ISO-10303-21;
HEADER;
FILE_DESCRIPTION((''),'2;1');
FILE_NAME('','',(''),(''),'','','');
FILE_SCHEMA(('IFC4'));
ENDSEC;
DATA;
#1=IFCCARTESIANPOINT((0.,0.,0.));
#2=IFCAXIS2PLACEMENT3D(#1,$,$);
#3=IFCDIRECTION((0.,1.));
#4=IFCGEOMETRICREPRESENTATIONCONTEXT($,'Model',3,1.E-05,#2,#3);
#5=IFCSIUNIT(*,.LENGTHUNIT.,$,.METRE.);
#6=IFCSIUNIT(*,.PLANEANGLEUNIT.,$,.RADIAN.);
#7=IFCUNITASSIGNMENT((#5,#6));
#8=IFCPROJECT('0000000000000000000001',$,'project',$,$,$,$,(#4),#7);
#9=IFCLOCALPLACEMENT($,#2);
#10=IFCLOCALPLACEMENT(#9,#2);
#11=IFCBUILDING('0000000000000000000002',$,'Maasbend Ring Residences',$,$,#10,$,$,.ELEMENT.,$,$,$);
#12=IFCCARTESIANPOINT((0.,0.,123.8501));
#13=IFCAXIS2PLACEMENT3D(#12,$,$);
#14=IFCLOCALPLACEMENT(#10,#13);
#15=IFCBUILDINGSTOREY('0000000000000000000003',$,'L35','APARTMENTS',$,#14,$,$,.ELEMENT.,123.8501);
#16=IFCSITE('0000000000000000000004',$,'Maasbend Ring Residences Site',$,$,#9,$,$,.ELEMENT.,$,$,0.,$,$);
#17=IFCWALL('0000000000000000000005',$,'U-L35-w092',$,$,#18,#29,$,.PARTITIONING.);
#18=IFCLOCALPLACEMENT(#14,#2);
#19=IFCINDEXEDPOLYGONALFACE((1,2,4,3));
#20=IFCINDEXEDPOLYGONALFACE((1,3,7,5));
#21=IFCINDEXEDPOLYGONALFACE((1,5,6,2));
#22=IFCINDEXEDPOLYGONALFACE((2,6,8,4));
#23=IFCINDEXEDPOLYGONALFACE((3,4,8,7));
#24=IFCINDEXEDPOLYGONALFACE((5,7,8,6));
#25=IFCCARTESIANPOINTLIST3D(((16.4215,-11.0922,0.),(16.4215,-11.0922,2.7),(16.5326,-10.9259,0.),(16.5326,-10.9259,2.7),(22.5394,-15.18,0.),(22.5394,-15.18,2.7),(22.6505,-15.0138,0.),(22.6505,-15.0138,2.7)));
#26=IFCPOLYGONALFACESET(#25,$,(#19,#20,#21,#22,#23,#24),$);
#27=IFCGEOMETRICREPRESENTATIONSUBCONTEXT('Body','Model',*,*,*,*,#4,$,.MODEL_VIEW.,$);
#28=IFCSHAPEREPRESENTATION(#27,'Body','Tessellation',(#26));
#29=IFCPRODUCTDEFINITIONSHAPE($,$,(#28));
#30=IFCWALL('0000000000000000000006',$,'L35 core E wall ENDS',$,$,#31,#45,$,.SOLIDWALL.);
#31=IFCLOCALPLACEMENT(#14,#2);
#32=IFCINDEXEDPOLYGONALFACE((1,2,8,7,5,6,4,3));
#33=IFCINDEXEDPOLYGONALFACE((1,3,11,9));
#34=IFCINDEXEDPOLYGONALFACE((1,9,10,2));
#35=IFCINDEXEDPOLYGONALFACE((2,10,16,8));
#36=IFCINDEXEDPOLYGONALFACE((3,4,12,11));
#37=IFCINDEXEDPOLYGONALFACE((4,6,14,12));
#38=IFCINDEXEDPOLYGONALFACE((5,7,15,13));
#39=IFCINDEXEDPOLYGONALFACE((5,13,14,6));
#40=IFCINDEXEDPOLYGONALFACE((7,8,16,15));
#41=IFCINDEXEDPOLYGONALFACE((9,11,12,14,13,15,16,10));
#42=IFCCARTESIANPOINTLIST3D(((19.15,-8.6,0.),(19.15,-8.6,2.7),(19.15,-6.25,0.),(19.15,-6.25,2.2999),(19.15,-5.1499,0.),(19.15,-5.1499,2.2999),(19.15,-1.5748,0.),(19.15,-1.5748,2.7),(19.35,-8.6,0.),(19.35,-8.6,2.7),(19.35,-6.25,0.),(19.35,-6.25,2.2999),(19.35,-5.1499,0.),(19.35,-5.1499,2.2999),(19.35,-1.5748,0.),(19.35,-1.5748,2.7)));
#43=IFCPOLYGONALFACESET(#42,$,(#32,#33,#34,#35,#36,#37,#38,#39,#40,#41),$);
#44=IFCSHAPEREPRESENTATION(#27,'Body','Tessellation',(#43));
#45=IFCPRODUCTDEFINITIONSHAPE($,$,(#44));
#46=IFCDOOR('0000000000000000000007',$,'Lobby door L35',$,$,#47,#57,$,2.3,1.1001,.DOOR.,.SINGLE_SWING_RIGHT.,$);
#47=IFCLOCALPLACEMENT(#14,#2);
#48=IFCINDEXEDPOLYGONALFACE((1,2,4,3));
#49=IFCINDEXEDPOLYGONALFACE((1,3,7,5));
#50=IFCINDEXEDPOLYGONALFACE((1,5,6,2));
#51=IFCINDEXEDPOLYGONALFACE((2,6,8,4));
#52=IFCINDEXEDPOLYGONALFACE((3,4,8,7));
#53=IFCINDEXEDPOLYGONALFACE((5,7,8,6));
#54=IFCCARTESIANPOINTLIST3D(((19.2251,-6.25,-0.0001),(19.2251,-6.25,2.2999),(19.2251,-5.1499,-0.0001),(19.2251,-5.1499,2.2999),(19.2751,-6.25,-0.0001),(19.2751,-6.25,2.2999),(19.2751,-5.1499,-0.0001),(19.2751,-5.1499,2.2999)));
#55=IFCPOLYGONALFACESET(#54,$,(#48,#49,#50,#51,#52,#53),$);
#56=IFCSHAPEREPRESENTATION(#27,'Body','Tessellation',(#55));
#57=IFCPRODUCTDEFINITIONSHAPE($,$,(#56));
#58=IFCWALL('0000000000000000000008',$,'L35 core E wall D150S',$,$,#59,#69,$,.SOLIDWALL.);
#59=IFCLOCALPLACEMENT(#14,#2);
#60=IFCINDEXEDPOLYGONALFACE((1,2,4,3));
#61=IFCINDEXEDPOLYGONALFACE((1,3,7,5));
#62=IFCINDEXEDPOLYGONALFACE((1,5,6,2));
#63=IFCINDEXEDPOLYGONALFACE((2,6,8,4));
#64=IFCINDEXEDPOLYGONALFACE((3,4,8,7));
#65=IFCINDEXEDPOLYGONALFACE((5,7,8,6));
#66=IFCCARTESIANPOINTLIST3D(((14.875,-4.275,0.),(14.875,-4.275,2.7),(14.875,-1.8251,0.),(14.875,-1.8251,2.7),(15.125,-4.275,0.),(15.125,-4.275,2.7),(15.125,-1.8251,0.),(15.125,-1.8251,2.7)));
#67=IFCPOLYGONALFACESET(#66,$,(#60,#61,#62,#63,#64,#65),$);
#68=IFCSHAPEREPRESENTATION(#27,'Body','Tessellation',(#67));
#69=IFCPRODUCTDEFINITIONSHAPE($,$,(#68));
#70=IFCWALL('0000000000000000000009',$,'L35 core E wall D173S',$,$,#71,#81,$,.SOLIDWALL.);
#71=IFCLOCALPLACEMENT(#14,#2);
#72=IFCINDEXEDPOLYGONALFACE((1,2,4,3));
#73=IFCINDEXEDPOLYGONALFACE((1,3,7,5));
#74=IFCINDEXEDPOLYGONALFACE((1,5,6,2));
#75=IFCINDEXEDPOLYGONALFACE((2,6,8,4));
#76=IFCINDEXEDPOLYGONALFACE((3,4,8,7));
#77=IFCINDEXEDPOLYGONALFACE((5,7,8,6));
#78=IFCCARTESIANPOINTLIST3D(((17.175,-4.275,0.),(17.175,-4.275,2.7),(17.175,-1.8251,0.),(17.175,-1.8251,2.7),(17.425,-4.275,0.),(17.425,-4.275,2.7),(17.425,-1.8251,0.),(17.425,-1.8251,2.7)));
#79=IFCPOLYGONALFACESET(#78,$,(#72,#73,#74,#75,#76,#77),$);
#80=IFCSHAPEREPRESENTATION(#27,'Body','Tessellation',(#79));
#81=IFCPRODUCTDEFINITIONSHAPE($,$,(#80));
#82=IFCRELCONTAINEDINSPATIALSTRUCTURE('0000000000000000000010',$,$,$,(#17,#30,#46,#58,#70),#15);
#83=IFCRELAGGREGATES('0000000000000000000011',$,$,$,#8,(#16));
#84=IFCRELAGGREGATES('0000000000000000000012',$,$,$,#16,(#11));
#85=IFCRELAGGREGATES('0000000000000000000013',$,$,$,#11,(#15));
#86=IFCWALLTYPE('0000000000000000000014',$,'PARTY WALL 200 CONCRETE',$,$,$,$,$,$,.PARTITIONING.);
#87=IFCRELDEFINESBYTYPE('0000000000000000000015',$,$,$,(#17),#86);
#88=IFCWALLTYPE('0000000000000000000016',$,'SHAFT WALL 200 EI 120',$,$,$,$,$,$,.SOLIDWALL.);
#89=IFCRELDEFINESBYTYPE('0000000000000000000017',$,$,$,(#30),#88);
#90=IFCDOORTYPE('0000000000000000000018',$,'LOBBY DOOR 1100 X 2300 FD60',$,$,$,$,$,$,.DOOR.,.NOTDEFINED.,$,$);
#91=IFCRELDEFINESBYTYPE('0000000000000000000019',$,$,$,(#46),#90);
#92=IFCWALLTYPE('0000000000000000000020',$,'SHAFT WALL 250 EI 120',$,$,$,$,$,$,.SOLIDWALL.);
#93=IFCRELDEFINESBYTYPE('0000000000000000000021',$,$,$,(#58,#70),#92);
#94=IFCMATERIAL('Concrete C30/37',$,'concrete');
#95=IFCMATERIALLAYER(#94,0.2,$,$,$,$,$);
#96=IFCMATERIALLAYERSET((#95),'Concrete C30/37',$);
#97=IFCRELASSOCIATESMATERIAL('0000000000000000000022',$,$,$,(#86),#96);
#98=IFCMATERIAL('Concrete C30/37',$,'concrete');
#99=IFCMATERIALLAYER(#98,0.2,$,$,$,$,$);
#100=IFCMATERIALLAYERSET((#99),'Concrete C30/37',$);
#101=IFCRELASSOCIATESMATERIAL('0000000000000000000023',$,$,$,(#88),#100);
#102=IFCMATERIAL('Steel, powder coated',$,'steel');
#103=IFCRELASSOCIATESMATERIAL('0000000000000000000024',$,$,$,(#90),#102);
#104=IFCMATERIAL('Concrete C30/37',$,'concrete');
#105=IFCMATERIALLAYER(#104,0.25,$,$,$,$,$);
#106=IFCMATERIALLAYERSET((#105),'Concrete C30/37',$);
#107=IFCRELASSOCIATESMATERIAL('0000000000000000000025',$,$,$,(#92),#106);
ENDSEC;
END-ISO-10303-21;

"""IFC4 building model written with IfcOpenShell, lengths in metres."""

from ifc_helpers import new_model, si_unit, direction, frame, frame_2d, origin, place, context, subcontext, project, spatial, rectangle, extrude, material, layer, layer_set, type_object, element, fill, save


model = new_model("IFC4")

# Units and contexts
model_context = context("Model", 3, precision=1e-05, world=origin(), true_north=direction((0.0, 1.0)))
body_context = subcontext(model_context, "Body", "Model", "MODEL_VIEW")
ifc_project = project(units=[si_unit("LENGTHUNIT", "METRE"), si_unit("PLANEANGLEUNIT", "RADIAN")], contexts=[model_context])

# Site, building, storey
site_placement = place(None, origin())
site = spatial("IfcSite", under=ifc_project, at=site_placement, Name="Maasbend Ring Residences Site", CompositionType="ELEMENT", RefElevation=0.0)
building_placement = place(site_placement, origin())
building = spatial("IfcBuilding", under=site, at=building_placement, Name="Maasbend Ring Residences", CompositionType="ELEMENT")
storey_placement = place(building_placement, frame((0.0, 0.0, 123.8501)))
storey = spatial("IfcBuildingStorey", under=building, at=storey_placement, Name="L35", Description="APARTMENTS", CompositionType="ELEMENT", Elevation=123.8501)

# Wall
ifc_material_1 = material(Name="Concrete C30/37", Category="concrete")
ifc_layer_1 = layer(ifc_material_1, 0.2)
ifc_layer_set_1 = layer_set([ifc_layer_1], Name="Concrete C30/37")
wall_type_1 = type_object("IfcWallType", Name="PARTY WALL 200 CONCRETE", PredefinedType="PARTITIONING", material=ifc_layer_set_1)
wall_1_placement = place(storey_placement, frame((16.4771, -11.009, 0.0), z_axis=(0.0, 0.0, 1.0), x_axis=(0.831468, -0.555573, 0.0)))
element("IfcWall", 1, at=wall_1_placement, inside=storey, type_object=wall_type_1, Name="U-L35-w092", PredefinedType="PARTITIONING", context=body_context, shape_type="SweptSolid", body=[
    extrude(rectangle(XDim=7.3579, YDim=0.2, at=frame_2d((3.679, 0.0))), origin(), (0.0, 0.0, 1.0), 2.7),
])

# Wall, opening, door
ifc_material_2 = material(Name="Concrete C30/37", Category="concrete")
ifc_layer_2 = layer(ifc_material_2, 0.2)
ifc_layer_set_2 = layer_set([ifc_layer_2], Name="Concrete C30/37")
wall_type_2 = type_object("IfcWallType", Name="SHAFT WALL 200 EI 120", PredefinedType="SOLIDWALL", material=ifc_layer_set_2)
wall_2_placement = place(storey_placement, frame((19.25, -8.6001, 0.0), z_axis=(0.0, 0.0, 1.0), x_axis=(0.0, 1.0, 0.0)))
wall_2 = element("IfcWall", 2, at=wall_2_placement, inside=storey, type_object=wall_type_2, Name="L35 core E wall ENDS", PredefinedType="SOLIDWALL", context=body_context, shape_type="SweptSolid", body=[
    extrude(rectangle(XDim=7.0251, YDim=0.2, at=frame_2d((3.5127, 0.0))), origin(), (0.0, 0.0, 1.0), 2.7),
])
opening_1_placement = place(wall_2_placement, frame((2.3501, 0.0, 0.0)))
opening_1 = element("IfcOpeningElement", 3, at=opening_1_placement, cuts=wall_2, PredefinedType="OPENING", context=body_context, shape_type="SweptSolid", body=[
    extrude(rectangle(XDim=1.1001, YDim=2.3, at=frame_2d((0.55, 1.1499))), frame((0.0, 0.1099, 0.0), z_axis=(0.0, -1.0, 0.0), x_axis=(1.0, 0.0, 0.0)), (0.0, 0.0, 1.0), 0.22),
])
ifc_material_3 = material(Name="Steel, powder coated", Category="steel")
door_type_1 = type_object("IfcDoorType", Name="LOBBY DOOR 1100 X 2300 FD60", OperationType="NOTDEFINED", PredefinedType="DOOR", material=ifc_material_3)
door_1_placement = place(opening_1_placement, origin())
door_1 = element("IfcDoor", 4, at=door_1_placement, inside=storey, type_object=door_type_1, Name="Lobby door L35", OperationType="SINGLE_SWING_RIGHT", OverallHeight=2.3, OverallWidth=1.1001, PredefinedType="DOOR", context=body_context, shape_type="SweptSolid", body=[
    extrude(rectangle(XDim=1.1001, YDim=2.3, at=frame_2d((0.55, 1.1499))), frame((0.0, 0.0249, 0.0), z_axis=(0.0, -1.0, 0.0), x_axis=(1.0, 0.0, 0.0)), (0.0, 0.0, 1.0), 0.05),
])
fill(opening_1, door_1)

# Walls
ifc_material_4 = material(Name="Concrete C30/37", Category="concrete")
ifc_layer_3 = layer(ifc_material_4, 0.25)
ifc_layer_set_3 = layer_set([ifc_layer_3], Name="Concrete C30/37")
wall_type_3 = type_object("IfcWallType", Name="SHAFT WALL 250 EI 120", PredefinedType="SOLIDWALL", material=ifc_layer_set_3)
for number, where, z_axis, x_axis, name in (
    (5, (15.0, -1.825, 0.0), (0.0, 0.0, 1.0), (0.0, -1.0, 0.0), "L35 core E wall D150S"),
    (6, (17.3, -1.825, 0.0), (0.0, 0.0, 1.0), (0.0, -1.0, 0.0), "L35 core E wall D173S"),
):
    element("IfcWall", number, at=place(storey_placement, frame(where, z_axis=z_axis, x_axis=x_axis)), inside=storey, type_object=wall_type_3, Name=name, PredefinedType="SOLIDWALL", context=body_context, shape_type="SweptSolid", body=[
        extrude(rectangle(XDim=2.45, YDim=0.25, at=frame_2d((1.2251, 0.0))), origin(), (0.0, 0.0, 1.0), 2.7),
    ])

save(model, "model.ifc")
